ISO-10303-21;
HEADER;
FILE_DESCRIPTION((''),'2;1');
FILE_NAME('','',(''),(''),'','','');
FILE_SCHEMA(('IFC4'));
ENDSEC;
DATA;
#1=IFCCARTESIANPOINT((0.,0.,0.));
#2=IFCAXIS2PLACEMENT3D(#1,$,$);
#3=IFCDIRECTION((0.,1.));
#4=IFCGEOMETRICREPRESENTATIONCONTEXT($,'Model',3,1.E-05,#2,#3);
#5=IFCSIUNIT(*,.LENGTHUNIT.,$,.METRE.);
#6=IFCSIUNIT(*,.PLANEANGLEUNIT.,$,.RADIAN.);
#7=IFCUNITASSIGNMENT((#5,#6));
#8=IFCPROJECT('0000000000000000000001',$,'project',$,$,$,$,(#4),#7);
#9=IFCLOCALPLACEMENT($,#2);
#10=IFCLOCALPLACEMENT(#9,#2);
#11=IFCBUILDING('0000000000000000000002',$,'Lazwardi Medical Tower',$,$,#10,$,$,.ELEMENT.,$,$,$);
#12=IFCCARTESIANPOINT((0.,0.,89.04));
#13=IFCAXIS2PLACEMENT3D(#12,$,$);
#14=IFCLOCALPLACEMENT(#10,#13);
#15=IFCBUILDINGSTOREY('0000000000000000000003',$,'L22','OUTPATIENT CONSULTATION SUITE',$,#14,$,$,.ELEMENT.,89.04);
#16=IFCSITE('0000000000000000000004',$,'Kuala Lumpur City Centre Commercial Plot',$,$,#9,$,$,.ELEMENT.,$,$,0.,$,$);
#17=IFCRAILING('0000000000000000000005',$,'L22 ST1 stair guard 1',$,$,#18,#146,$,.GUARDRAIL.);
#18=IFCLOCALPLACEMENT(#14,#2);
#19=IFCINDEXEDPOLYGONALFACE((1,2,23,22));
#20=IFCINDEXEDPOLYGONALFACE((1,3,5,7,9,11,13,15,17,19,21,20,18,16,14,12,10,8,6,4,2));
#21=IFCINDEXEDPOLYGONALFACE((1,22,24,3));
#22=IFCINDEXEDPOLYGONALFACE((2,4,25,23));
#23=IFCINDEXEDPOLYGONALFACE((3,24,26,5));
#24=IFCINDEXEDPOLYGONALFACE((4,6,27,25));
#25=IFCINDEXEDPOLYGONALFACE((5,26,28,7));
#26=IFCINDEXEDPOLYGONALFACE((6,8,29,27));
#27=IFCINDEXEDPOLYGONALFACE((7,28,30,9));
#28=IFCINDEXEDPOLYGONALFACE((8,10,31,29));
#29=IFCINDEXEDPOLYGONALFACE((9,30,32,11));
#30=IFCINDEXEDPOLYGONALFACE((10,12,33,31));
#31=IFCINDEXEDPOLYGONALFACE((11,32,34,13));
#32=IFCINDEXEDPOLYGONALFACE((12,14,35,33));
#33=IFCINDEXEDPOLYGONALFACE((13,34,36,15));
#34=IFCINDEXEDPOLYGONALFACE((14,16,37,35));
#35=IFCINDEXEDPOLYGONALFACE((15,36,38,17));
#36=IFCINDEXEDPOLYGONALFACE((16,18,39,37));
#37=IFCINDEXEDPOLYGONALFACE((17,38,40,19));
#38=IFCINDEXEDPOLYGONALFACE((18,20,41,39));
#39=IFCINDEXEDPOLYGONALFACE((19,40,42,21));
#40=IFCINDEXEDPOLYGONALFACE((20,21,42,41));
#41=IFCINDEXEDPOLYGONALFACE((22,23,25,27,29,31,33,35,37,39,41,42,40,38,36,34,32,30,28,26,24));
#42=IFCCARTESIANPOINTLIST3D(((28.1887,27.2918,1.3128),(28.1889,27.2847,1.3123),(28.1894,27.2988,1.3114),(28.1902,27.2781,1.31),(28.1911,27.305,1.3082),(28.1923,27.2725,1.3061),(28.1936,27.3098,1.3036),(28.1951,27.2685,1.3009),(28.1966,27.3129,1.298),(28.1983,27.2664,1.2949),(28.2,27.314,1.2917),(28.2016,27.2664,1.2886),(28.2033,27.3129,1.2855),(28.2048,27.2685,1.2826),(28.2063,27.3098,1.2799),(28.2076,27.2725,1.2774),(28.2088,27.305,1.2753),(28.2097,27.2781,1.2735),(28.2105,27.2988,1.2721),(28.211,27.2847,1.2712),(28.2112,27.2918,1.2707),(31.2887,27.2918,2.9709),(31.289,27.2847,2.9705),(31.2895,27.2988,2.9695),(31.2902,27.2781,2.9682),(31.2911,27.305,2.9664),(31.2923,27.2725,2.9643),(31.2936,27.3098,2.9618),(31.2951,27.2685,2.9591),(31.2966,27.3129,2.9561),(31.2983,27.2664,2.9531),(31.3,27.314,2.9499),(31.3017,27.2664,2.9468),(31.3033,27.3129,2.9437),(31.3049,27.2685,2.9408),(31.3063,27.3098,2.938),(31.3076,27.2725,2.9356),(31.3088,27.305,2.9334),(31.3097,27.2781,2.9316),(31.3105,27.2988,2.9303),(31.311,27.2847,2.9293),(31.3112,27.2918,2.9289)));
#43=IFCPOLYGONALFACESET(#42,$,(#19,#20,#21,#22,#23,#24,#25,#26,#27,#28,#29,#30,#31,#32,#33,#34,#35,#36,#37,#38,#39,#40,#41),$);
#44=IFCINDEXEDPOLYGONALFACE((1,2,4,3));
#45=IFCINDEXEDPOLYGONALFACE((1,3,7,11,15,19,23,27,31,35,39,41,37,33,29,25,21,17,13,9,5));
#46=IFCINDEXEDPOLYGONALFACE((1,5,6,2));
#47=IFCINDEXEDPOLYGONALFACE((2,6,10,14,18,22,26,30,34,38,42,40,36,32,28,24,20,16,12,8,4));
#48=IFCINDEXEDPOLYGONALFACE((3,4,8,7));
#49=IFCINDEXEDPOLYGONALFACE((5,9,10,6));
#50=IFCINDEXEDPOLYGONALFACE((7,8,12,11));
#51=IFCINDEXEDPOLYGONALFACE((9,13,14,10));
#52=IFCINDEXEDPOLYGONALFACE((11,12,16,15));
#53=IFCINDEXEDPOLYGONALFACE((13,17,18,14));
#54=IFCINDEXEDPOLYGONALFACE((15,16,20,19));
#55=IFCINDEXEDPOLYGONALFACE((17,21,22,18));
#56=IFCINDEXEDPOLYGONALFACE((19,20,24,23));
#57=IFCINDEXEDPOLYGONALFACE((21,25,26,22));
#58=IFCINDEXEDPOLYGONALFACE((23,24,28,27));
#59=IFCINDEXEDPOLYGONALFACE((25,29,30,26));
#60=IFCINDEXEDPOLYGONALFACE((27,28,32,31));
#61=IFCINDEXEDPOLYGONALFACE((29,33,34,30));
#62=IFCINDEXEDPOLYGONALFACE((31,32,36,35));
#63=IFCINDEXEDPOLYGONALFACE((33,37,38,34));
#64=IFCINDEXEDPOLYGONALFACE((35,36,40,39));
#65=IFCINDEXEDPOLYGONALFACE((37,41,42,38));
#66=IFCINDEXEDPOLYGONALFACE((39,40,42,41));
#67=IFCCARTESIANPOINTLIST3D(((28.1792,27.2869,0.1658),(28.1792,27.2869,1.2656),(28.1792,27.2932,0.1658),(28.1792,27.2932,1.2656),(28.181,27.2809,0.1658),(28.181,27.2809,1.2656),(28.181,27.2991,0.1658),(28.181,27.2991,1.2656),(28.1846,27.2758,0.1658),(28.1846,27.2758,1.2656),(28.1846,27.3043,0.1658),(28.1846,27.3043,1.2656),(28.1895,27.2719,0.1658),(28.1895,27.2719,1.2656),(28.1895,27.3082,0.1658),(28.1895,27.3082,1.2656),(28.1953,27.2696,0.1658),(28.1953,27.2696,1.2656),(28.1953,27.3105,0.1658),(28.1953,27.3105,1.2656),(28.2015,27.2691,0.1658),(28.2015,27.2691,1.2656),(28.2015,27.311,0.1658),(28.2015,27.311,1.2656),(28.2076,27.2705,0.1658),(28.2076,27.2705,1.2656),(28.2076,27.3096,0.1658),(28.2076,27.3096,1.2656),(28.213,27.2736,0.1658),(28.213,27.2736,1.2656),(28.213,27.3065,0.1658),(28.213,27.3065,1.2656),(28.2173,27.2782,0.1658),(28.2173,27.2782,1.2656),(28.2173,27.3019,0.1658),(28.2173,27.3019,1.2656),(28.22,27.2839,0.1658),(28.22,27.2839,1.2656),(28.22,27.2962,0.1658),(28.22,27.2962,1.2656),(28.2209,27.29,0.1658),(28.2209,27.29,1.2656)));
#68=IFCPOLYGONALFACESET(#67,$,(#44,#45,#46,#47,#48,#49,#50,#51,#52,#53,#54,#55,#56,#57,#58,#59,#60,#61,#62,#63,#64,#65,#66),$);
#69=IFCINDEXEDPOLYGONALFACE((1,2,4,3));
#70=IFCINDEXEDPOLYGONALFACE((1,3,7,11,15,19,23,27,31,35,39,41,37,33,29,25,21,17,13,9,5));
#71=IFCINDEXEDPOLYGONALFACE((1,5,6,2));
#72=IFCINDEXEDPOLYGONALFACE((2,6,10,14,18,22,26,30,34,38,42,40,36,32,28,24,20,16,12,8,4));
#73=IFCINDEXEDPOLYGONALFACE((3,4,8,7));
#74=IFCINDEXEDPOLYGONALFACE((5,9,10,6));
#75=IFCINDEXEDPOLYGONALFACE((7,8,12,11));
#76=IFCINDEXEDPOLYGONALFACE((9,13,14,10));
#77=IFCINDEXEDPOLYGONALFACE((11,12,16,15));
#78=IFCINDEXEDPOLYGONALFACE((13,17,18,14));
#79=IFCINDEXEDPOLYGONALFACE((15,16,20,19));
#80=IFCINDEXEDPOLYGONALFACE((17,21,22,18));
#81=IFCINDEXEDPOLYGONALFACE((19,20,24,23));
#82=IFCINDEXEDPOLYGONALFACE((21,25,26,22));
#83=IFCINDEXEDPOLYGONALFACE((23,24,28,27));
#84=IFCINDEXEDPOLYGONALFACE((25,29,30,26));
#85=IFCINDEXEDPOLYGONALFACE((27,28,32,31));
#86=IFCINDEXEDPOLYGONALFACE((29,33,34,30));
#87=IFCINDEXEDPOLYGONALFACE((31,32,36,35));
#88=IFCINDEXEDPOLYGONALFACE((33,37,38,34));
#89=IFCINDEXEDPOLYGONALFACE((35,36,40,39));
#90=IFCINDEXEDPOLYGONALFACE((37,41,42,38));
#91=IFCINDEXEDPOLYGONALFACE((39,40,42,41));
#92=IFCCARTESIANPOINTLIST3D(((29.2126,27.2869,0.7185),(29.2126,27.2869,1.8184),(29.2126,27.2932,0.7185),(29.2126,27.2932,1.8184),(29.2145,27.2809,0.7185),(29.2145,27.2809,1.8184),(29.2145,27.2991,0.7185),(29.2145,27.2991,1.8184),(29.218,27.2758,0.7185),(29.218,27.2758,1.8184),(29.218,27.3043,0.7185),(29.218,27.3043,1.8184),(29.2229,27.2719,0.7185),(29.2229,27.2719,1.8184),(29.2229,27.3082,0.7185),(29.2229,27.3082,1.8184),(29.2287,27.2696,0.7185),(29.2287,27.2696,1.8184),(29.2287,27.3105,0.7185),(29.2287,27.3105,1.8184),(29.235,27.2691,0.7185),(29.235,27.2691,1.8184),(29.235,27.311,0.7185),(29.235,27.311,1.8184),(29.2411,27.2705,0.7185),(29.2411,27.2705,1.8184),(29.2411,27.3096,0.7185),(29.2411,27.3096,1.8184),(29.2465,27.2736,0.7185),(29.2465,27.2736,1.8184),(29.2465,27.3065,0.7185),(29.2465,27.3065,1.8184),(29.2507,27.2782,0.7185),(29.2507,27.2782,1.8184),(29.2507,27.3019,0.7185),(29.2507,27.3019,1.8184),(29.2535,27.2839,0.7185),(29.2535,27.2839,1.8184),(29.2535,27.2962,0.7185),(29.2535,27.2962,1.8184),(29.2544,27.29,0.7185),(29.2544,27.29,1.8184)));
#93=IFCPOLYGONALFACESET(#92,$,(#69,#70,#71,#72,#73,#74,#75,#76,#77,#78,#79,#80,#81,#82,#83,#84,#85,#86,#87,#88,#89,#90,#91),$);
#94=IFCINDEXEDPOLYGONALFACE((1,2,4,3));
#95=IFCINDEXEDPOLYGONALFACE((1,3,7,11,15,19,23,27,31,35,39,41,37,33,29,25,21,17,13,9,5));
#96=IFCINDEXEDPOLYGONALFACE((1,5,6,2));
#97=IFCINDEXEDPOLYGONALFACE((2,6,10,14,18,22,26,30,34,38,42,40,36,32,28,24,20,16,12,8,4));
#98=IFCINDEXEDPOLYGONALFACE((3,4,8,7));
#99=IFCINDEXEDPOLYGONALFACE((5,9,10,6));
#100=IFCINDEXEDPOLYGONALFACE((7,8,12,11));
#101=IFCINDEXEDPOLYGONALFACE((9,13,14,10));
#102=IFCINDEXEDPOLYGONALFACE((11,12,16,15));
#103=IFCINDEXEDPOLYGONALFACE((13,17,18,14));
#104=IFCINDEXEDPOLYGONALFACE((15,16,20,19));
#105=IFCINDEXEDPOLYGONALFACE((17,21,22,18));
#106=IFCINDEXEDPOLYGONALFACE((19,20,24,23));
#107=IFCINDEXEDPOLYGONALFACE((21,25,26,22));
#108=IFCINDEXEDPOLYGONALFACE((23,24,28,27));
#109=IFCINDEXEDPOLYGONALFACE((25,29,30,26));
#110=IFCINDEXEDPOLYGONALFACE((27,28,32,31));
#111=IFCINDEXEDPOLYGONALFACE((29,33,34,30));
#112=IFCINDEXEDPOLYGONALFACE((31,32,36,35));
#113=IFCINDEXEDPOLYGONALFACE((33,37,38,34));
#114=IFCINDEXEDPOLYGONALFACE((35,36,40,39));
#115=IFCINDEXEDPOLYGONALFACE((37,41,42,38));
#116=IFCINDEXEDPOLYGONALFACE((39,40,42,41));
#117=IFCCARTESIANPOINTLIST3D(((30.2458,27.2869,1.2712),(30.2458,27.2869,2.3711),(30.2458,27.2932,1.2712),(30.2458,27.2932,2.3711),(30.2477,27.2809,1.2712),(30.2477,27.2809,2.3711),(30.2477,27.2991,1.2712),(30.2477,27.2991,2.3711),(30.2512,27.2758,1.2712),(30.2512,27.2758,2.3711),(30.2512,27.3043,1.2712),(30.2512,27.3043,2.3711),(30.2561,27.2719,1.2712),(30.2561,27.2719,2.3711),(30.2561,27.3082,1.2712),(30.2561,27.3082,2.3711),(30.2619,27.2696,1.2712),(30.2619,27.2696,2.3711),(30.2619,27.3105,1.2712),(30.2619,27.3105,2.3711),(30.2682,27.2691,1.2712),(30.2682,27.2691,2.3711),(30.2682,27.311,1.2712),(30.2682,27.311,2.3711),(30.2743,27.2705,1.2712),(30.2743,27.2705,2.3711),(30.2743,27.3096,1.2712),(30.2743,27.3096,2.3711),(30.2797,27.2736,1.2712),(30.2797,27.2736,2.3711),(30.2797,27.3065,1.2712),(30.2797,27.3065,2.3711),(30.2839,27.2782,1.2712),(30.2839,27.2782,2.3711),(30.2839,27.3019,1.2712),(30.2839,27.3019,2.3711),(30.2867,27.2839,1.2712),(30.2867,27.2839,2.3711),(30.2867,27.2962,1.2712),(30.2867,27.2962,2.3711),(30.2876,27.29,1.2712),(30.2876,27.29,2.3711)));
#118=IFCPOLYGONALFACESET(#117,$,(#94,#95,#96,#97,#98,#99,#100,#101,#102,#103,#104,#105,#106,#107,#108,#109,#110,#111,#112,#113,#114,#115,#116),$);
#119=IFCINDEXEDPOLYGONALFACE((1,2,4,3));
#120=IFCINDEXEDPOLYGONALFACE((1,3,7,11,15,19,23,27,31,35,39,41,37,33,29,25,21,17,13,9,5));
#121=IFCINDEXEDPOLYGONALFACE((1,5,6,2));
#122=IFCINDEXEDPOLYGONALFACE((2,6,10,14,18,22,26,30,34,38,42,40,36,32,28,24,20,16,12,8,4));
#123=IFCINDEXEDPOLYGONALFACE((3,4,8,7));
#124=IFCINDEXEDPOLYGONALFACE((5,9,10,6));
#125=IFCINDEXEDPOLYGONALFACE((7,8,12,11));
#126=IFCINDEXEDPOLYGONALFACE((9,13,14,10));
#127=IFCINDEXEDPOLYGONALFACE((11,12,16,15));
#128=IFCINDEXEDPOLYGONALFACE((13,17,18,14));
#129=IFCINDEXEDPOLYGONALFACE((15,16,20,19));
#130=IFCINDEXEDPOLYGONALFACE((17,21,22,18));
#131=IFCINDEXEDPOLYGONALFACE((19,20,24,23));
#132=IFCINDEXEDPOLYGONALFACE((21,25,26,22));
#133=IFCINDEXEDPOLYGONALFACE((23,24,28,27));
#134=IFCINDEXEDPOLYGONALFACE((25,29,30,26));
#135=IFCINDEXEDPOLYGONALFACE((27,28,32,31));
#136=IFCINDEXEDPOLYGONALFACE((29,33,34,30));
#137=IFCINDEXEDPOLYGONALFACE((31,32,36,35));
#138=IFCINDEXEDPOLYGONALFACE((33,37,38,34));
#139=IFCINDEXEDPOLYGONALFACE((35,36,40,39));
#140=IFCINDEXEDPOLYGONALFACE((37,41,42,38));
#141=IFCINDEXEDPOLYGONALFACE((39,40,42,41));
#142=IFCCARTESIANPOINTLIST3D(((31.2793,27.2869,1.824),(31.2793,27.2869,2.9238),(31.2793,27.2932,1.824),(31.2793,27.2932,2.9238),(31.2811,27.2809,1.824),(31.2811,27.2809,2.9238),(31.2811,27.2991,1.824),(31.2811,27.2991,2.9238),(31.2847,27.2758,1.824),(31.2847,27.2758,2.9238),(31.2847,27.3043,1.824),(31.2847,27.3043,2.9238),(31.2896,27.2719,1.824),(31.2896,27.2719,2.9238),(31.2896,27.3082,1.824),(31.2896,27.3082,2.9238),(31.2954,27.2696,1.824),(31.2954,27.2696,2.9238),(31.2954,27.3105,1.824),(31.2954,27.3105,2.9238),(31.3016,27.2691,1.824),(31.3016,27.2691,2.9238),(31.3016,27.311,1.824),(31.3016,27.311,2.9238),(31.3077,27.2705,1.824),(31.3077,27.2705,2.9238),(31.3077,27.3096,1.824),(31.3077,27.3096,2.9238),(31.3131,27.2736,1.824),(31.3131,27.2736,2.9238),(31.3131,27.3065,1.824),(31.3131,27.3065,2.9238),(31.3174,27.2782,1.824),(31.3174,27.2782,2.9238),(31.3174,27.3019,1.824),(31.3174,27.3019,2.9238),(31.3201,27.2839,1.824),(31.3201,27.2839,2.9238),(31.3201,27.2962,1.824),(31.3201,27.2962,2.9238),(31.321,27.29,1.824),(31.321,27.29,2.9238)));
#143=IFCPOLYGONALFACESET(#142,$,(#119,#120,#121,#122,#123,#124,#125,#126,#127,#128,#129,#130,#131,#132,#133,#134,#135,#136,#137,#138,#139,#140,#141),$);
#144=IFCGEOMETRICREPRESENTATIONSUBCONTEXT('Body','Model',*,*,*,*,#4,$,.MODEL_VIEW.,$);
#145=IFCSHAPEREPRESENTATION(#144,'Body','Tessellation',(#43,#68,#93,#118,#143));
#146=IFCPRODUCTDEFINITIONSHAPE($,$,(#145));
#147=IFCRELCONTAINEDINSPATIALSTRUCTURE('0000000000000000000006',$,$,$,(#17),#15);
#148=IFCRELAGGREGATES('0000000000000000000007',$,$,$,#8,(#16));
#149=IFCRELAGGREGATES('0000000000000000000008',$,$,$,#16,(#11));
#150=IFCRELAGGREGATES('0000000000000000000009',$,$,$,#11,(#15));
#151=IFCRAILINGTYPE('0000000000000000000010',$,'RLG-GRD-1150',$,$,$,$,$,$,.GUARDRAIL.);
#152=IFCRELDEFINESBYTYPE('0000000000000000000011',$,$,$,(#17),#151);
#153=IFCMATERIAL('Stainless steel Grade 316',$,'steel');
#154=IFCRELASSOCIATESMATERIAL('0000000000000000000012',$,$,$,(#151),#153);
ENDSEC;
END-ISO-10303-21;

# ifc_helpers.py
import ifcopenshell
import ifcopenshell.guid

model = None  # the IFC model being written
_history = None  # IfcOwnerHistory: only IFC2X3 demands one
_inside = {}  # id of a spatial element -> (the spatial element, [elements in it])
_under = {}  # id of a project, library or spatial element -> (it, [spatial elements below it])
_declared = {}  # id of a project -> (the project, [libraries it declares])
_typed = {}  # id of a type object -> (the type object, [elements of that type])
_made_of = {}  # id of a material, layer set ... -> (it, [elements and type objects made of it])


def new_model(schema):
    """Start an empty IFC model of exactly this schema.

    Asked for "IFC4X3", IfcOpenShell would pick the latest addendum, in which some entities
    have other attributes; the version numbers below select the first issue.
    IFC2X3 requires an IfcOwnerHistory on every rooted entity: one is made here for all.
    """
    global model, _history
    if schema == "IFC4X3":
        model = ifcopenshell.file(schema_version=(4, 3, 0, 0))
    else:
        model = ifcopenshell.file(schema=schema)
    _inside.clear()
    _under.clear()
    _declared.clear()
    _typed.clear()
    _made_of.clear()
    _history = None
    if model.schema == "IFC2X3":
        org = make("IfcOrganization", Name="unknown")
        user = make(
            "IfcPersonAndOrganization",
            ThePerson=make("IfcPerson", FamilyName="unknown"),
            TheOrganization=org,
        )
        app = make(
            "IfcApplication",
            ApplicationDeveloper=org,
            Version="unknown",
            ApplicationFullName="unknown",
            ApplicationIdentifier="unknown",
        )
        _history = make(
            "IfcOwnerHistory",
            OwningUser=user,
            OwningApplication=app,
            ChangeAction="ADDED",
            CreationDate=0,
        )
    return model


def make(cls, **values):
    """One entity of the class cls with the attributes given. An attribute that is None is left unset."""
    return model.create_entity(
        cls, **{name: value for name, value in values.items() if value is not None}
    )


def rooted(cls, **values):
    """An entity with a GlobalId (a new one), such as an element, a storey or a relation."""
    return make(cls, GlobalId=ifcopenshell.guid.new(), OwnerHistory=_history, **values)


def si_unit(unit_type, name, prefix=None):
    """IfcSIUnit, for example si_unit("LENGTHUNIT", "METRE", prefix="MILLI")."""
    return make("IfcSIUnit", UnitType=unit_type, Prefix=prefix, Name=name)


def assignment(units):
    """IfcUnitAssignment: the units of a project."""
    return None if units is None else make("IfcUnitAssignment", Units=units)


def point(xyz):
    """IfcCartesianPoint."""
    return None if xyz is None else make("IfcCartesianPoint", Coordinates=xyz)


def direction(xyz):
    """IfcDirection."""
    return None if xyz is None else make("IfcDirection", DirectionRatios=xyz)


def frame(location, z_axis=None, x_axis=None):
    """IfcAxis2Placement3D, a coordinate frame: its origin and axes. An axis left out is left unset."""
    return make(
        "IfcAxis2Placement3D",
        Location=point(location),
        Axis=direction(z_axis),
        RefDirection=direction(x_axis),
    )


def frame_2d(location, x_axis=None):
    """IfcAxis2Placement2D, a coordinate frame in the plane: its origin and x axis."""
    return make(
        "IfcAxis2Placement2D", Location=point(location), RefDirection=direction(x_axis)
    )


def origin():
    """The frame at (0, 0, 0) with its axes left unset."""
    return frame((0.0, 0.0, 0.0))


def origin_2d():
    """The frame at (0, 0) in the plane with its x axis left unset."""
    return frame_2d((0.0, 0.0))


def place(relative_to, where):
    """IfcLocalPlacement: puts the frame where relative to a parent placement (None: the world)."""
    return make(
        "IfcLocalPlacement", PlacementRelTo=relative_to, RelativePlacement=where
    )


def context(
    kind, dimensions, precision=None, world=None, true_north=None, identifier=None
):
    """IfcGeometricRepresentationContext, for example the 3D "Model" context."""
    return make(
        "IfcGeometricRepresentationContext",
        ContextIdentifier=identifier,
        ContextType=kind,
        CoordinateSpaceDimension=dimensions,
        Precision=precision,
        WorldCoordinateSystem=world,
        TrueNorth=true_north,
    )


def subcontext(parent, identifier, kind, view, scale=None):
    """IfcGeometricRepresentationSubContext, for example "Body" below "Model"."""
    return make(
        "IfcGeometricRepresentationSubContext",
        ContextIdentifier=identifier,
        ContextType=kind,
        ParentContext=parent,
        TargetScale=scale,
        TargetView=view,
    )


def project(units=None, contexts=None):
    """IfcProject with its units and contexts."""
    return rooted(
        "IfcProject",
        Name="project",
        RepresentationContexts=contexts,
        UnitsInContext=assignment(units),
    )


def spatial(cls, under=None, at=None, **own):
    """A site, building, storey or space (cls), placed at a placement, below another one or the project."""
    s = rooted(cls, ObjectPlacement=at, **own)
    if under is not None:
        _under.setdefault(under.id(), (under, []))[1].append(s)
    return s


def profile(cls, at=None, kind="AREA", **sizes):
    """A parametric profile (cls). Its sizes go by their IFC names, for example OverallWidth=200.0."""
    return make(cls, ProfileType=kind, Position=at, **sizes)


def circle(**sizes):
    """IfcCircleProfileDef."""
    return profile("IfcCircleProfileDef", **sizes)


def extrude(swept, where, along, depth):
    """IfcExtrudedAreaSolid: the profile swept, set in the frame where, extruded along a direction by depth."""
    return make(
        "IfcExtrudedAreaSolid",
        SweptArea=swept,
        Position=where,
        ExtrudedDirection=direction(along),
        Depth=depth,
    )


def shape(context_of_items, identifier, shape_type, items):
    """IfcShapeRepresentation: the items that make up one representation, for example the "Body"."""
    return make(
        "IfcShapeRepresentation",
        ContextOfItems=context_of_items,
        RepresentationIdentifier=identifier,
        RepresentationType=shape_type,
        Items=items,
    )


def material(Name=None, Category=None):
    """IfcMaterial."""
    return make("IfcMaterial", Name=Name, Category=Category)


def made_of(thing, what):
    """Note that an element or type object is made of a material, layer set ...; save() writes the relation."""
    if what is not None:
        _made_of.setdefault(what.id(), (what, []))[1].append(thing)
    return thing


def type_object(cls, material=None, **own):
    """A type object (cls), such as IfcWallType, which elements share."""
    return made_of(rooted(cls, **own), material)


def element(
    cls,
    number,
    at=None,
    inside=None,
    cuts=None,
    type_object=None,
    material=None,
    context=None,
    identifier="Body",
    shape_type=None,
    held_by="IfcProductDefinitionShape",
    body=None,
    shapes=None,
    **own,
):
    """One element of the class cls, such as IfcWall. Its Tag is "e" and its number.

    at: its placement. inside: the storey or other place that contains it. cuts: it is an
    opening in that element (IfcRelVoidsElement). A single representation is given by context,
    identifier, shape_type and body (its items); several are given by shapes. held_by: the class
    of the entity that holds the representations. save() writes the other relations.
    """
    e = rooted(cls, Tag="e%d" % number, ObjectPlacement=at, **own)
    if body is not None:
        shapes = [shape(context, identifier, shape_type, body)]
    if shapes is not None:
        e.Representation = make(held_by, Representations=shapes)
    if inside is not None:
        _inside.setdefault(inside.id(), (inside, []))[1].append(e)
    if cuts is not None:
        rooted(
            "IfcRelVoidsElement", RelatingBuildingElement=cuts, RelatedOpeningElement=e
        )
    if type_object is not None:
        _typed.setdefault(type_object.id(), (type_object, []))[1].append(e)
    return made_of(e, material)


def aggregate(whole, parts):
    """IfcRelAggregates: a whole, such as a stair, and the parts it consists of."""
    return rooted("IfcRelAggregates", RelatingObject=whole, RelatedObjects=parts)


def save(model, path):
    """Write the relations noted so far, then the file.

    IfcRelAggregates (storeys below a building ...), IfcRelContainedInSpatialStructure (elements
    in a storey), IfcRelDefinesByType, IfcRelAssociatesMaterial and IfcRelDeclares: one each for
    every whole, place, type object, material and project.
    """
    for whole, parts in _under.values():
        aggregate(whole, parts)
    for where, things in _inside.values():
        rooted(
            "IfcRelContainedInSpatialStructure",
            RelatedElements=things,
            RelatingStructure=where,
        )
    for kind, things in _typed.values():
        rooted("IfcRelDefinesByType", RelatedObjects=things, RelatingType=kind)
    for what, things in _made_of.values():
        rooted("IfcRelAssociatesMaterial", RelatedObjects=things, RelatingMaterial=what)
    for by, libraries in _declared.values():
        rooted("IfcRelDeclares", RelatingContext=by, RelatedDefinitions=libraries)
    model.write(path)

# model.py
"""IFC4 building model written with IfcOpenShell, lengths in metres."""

from ifc_helpers import new_model, si_unit, direction, frame, origin, origin_2d, place, context, subcontext, project, spatial, circle, extrude, material, type_object, element, save


model = new_model("IFC4")

# Units and contexts
model_context = context("Model", 3, precision=1e-05, world=origin(), true_north=direction((0.0, 1.0)))
body_context = subcontext(model_context, "Body", "Model", "MODEL_VIEW")
ifc_project = project(units=[si_unit("LENGTHUNIT", "METRE"), si_unit("PLANEANGLEUNIT", "RADIAN")], contexts=[model_context])

# Site, building, storey
site_placement = place(None, origin())
site = spatial("IfcSite", under=ifc_project, at=site_placement, Name="Kuala Lumpur City Centre Commercial Plot", CompositionType="ELEMENT", RefElevation=0.0)
building_placement = place(site_placement, origin())
building = spatial("IfcBuilding", under=site, at=building_placement, Name="Lazwardi Medical Tower", CompositionType="ELEMENT")
storey_placement = place(building_placement, frame((0.0, 0.0, 89.04)))
storey = spatial("IfcBuildingStorey", under=building, at=storey_placement, Name="L22", Description="OUTPATIENT CONSULTATION SUITE", CompositionType="ELEMENT", Elevation=89.04)

# Railing
ifc_material_1 = material(Name="Stainless steel Grade 316", Category="steel")
railing_type_1 = type_object("IfcRailingType", Name="RLG-GRD-1150", PredefinedType="GUARDRAIL", material=ifc_material_1)
railing_1_placement = place(storey_placement, frame((28.2, 27.29, 0.1658)))
element("IfcRailing", 1, at=railing_1_placement, inside=storey, type_object=railing_type_1, Name="L22 ST1 stair guard 1", PredefinedType="GUARDRAIL", context=body_context, shape_type="SweptSolid", body=[
    extrude(circle(Radius=0.0239, at=origin_2d()), frame((0.0, 0.0, 1.126), z_axis=(0.881783, 0.0, 0.471655), x_axis=(0.0, 1.0, 0.0)), (0.0, 0.0, 1.0), 3.5156),
    extrude(circle(Radius=0.021, at=origin_2d()), origin(), (0.0, 0.0, 1.0), 1.0999),
    extrude(circle(Radius=0.021, at=origin_2d()), frame((1.0334, 0.0, 0.5527)), (0.0, 0.0, 1.0), 1.0999),
    extrude(circle(Radius=0.021, at=origin_2d()), frame((2.0667, 0.0, 1.1055)), (0.0, 0.0, 1.0), 1.0999),
    extrude(circle(Radius=0.021, at=origin_2d()), frame((3.1001, 0.0, 1.6582)), (0.0, 0.0, 1.0), 1.0999),
])

save(model, "model.ifc")
